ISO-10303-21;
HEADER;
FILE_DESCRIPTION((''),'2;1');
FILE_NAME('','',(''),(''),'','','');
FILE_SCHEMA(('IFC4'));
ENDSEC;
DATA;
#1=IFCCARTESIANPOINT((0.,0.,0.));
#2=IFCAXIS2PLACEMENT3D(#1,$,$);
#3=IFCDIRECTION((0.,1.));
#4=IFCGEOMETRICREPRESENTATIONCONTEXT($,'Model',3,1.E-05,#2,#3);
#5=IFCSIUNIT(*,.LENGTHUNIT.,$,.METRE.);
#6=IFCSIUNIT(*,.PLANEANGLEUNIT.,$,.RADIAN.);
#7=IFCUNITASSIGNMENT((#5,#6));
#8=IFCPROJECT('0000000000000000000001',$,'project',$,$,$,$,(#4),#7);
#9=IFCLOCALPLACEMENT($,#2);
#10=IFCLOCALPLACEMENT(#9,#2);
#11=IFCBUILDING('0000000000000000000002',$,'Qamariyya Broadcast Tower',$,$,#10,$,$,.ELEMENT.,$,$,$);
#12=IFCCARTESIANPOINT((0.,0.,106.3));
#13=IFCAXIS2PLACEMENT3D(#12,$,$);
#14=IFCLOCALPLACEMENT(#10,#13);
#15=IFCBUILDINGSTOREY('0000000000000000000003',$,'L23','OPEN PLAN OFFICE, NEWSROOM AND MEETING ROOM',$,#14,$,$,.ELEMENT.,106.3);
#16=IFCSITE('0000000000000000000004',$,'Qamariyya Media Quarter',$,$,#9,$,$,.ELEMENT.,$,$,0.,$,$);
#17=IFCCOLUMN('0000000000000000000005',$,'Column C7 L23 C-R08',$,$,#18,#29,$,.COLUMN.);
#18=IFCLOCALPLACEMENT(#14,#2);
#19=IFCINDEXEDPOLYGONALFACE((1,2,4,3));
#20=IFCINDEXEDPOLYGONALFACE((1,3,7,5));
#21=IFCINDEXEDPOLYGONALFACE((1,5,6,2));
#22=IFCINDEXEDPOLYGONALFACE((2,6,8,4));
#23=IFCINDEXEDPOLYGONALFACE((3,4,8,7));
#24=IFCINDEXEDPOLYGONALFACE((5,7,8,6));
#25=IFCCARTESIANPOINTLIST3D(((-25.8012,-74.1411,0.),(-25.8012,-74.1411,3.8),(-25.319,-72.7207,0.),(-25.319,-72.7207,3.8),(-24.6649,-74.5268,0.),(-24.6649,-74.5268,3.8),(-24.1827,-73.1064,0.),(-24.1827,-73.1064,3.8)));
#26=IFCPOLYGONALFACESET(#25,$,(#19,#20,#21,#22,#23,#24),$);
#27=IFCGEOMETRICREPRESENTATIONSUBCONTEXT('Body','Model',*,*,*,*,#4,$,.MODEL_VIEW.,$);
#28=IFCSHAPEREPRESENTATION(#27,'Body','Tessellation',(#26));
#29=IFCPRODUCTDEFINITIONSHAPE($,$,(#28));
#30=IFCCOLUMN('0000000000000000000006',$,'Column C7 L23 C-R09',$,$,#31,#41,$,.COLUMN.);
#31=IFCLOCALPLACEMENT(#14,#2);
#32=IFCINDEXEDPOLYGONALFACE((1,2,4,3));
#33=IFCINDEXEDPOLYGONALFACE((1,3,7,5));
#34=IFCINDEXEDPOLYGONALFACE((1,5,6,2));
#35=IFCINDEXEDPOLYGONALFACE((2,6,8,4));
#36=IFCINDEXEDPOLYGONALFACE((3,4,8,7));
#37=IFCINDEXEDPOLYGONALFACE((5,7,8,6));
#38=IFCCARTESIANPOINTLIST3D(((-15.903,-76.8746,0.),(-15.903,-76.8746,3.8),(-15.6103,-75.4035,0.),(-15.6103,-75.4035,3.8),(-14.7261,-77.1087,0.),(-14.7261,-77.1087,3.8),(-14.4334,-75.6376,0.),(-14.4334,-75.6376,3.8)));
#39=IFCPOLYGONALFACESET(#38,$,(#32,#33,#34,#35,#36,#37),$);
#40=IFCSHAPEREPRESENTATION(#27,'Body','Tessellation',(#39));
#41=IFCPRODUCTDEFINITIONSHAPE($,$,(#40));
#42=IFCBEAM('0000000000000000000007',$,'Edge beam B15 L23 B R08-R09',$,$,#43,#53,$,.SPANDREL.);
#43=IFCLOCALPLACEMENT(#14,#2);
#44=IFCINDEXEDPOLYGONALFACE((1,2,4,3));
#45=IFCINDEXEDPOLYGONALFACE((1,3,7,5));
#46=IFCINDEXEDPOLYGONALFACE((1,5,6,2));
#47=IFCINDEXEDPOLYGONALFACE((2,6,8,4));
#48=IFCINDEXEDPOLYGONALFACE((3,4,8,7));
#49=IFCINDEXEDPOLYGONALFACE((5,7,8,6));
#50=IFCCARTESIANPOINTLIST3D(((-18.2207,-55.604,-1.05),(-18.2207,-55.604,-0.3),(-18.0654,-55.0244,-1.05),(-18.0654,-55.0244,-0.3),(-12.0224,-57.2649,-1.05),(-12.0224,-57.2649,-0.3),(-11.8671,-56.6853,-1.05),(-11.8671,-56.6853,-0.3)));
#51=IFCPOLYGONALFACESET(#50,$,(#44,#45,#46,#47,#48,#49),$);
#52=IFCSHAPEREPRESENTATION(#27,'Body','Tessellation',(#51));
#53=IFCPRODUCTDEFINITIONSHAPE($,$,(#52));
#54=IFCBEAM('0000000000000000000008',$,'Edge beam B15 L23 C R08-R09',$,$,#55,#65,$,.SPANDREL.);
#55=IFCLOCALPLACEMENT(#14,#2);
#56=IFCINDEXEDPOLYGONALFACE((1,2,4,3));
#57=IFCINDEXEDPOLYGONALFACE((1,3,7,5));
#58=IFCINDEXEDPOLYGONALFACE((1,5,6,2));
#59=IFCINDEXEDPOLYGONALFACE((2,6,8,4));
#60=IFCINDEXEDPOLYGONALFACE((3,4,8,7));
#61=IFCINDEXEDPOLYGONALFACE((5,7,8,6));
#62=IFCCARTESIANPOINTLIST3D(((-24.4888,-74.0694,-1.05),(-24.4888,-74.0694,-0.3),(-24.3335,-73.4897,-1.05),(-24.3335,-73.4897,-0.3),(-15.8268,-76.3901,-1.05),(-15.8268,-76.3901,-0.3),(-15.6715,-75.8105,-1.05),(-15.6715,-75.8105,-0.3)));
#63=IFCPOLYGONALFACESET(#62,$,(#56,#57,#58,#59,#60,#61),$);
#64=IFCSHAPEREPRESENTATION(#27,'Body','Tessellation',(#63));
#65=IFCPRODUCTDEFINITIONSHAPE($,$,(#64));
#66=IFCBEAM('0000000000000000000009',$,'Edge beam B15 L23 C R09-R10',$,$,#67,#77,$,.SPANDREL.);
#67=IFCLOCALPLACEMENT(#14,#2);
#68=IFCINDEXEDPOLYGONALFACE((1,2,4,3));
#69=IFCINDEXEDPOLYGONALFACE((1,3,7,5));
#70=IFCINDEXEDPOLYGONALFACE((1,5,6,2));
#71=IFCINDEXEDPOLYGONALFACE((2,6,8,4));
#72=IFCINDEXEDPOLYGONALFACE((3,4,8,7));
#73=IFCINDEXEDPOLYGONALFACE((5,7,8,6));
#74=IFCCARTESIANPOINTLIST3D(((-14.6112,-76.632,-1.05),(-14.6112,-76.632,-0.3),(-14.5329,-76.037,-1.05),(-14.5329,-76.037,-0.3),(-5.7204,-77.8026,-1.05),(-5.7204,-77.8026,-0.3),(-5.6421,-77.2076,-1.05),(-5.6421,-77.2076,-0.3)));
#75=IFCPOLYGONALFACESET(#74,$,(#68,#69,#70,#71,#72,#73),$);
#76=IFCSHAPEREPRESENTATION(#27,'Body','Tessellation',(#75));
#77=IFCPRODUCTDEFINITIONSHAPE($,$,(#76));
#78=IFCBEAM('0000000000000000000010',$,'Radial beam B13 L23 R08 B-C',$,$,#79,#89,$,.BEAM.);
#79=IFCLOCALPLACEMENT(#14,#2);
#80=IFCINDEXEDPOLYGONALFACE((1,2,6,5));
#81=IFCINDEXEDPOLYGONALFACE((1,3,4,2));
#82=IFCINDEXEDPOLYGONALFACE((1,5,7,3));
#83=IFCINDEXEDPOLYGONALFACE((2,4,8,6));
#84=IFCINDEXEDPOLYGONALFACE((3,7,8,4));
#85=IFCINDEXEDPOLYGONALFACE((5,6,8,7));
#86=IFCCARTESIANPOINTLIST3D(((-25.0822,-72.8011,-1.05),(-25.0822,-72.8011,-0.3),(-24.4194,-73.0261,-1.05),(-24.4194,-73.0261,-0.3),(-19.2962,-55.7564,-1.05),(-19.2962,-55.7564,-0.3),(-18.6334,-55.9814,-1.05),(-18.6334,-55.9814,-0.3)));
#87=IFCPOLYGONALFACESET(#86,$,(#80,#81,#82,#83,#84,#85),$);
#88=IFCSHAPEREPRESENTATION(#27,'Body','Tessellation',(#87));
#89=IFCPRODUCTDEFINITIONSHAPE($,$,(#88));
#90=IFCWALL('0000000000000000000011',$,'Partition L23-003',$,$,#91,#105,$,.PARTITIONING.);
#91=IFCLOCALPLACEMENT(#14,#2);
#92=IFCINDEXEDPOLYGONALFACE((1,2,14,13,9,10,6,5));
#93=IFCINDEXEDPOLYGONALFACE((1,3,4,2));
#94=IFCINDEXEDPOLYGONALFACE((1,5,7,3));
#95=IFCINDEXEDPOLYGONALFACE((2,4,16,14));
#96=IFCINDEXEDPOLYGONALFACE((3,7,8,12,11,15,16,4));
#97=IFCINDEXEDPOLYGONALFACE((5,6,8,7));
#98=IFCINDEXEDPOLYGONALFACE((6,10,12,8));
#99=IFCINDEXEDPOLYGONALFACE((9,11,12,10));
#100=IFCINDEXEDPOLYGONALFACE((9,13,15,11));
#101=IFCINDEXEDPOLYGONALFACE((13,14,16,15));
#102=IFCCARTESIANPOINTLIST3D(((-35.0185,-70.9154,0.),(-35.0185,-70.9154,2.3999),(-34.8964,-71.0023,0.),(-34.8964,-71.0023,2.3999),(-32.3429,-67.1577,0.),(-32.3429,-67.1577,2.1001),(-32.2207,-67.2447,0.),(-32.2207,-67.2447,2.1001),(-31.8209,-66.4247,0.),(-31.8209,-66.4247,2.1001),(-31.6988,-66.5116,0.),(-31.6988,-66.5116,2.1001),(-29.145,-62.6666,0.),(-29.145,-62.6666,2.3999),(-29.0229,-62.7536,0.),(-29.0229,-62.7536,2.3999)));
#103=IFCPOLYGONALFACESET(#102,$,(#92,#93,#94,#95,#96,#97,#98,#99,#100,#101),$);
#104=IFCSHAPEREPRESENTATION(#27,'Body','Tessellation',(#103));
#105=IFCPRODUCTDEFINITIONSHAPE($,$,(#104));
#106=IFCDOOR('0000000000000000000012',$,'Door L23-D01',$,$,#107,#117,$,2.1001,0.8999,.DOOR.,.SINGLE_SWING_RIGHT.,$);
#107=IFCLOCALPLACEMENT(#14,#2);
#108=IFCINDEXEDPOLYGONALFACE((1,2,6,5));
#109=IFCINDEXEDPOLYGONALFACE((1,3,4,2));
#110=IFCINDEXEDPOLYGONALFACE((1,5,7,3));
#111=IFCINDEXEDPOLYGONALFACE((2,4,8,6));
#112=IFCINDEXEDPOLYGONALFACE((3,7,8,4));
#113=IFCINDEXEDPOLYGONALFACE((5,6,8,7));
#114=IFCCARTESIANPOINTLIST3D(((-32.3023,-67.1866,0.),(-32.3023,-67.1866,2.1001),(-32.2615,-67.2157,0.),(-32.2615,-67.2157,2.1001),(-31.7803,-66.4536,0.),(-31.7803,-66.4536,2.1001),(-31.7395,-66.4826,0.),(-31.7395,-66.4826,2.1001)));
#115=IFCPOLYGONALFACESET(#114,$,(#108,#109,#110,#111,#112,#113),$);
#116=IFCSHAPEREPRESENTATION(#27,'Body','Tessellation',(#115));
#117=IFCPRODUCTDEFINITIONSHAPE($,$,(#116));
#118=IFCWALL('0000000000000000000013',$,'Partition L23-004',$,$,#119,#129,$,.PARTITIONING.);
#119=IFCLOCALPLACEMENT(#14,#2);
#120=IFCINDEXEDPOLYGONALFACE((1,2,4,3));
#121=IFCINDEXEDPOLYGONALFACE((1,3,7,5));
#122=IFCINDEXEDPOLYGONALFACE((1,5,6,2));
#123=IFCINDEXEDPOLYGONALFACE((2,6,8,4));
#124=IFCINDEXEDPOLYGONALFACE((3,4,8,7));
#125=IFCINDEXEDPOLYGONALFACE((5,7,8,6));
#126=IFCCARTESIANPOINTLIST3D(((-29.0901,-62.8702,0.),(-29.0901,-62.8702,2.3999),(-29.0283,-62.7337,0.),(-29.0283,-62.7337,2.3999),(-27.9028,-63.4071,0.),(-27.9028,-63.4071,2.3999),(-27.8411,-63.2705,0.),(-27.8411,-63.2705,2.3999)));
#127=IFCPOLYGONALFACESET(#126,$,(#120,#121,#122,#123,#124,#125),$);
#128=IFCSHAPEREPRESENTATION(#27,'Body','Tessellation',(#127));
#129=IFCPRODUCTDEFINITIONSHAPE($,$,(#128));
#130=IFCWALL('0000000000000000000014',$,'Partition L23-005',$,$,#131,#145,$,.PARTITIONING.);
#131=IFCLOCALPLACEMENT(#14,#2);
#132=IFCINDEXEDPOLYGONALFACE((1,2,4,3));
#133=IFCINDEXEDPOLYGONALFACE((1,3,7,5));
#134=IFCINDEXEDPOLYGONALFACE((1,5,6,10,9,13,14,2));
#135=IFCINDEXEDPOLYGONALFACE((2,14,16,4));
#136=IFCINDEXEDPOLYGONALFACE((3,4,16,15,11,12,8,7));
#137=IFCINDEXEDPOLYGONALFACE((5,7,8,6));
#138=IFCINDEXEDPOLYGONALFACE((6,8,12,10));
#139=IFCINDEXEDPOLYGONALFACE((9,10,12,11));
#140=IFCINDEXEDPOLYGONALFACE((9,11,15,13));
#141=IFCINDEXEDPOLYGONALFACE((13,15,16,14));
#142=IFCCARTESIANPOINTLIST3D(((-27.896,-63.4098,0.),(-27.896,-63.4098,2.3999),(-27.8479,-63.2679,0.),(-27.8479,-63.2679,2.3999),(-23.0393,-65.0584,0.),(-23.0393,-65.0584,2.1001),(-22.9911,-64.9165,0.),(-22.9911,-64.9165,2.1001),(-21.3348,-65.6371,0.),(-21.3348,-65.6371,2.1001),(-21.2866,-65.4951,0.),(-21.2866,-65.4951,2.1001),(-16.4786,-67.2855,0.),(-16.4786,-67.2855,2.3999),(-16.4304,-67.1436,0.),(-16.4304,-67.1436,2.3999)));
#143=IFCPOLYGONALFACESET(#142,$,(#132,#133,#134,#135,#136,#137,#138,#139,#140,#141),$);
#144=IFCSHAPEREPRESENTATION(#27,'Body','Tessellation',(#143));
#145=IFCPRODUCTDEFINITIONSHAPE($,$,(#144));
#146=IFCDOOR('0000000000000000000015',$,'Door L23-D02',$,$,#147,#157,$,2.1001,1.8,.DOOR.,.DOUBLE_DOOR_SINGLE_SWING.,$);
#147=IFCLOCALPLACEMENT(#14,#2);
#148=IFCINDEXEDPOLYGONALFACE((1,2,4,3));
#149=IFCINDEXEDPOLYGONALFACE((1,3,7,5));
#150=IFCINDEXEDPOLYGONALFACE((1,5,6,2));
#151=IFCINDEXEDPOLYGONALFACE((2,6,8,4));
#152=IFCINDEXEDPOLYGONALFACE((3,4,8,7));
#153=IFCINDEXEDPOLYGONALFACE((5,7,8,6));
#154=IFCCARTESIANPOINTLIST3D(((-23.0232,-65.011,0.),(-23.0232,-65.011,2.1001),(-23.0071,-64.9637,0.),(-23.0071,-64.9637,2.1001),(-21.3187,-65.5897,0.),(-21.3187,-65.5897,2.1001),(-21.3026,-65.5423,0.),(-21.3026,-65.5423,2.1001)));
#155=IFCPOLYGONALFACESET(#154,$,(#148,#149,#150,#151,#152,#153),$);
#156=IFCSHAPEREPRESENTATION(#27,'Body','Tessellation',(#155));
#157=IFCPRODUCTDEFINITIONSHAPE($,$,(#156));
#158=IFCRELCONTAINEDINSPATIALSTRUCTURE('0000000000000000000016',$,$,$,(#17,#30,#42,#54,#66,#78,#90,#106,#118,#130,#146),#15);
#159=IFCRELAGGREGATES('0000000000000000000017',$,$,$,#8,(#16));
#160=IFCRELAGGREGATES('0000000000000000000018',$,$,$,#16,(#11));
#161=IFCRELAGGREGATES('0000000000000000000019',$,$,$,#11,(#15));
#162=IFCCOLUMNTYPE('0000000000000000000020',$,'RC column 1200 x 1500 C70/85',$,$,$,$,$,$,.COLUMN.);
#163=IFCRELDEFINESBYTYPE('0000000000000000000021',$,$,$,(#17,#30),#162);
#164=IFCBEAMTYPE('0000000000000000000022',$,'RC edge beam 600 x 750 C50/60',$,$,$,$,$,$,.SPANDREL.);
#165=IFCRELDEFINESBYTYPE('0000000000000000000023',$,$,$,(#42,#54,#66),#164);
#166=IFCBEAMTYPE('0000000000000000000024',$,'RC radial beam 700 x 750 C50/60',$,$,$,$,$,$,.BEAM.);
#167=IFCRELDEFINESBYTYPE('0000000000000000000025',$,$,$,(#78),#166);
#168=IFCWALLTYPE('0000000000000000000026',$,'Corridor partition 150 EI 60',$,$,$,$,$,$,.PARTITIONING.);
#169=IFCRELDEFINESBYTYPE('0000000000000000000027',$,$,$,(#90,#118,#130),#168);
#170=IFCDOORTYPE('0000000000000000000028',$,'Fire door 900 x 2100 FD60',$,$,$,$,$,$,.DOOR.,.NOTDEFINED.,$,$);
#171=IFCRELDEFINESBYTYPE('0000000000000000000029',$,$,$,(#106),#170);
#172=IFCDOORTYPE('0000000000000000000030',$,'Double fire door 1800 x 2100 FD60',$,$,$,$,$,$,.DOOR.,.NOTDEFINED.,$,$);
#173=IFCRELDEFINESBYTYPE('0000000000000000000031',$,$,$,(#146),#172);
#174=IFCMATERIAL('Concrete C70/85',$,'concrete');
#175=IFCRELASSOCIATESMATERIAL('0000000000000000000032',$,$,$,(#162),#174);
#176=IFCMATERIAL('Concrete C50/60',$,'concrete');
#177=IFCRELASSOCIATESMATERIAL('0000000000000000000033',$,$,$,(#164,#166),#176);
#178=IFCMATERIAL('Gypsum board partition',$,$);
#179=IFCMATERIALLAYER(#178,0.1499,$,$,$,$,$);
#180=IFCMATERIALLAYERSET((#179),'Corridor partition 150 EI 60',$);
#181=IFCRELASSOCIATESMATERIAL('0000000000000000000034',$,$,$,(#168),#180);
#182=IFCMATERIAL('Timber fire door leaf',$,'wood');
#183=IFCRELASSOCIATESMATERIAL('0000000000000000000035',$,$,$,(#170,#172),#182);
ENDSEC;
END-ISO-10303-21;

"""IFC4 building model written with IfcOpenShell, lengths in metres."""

from ifc_helpers import new_model, si_unit, direction, frame, frame_2d, origin, origin_2d, place, context, subcontext, project, spatial, rectangle, extrude, material, layer, layer_set, material_profile, profile_set, type_object, element, fill, save


model = new_model("IFC4")

# Units and contexts
model_context = context("Model", 3, precision=1e-05, world=origin(), true_north=direction((0.0, 1.0)))
body_context = subcontext(model_context, "Body", "Model", "MODEL_VIEW")
ifc_project = project(units=[si_unit("LENGTHUNIT", "METRE"), si_unit("PLANEANGLEUNIT", "RADIAN")], contexts=[model_context])

# Site, building, storey
site_placement = place(None, origin())
site = spatial("IfcSite", under=ifc_project, at=site_placement, Name="Qamariyya Media Quarter", CompositionType="ELEMENT", RefElevation=0.0)
building_placement = place(site_placement, origin())
building = spatial("IfcBuilding", under=site, at=building_placement, Name="Qamariyya Broadcast Tower", CompositionType="ELEMENT")
storey_placement = place(building_placement, frame((0.0, 0.0, 106.3)))
storey = spatial("IfcBuildingStorey", under=building, at=storey_placement, Name="L23", Description="OPEN PLAN OFFICE, NEWSROOM AND MEETING ROOM", CompositionType="ELEMENT", Elevation=106.3)

# Columns
ifc_material_1 = material(Name="Concrete C70/85", Category="concrete")
ifc_material_profile_1 = material_profile(ifc_material_1, rectangle(XDim=1.2, YDim=1.5, at=origin_2d()))
ifc_profile_set_1 = profile_set([ifc_material_profile_1], Name="Concrete C70/85")
column_type = type_object("IfcColumnType", Name="RC column 1200 x 1500 C70/85", PredefinedType="COLUMN", material=ifc_profile_set_1)
for number, where, z_axis, x_axis, name in (
    (1, (-24.9919, -73.6238, 0.0), (0.0, 0.0, 1.0), (0.94693, -0.321439, 0.0), "Column C7 L23 C-R08"),
    (2, (-15.1682, -76.2561, 0.0), (0.0, 0.0, 1.0), (0.980785, -0.19509, 0.0), "Column C7 L23 C-R09"),
):
    element("IfcColumn", number, at=place(storey_placement, frame(where, z_axis=z_axis, x_axis=x_axis)), inside=storey, type_object=column_type, Name=name, PredefinedType="COLUMN", context=body_context, shape_type="SweptSolid", body=[
        extrude(rectangle(XDim=1.2, YDim=1.5, at=origin_2d()), origin(), (0.0, 0.0, 1.0), 3.8),
    ])

# Beams
ifc_material_2 = material(Name="Concrete C50/60", Category="concrete")
ifc_material_profile_2 = material_profile(ifc_material_2, rectangle(XDim=0.6001, YDim=0.75, at=origin_2d()))
ifc_profile_set_2 = profile_set([ifc_material_profile_2], Name="Concrete C50/60")
beam_type_1 = type_object("IfcBeamType", Name="RC edge beam 600 x 750 C50/60", PredefinedType="SPANDREL", material=ifc_profile_set_2)
beam_1_placement = place(storey_placement, frame((-18.1431, -55.3142, -0.675), z_axis=(0.965923, -0.25883, 0.0), x_axis=(0.25883, 0.965923, 0.0)))
element("IfcBeam", 3, at=beam_1_placement, inside=storey, type_object=beam_type_1, Name="Edge beam B15 L23 B R08-R09", PredefinedType="SPANDREL", context=body_context, shape_type="SweptSolid", body=[
    extrude(rectangle(XDim=0.6001, YDim=0.75, at=origin_2d()), origin(), (0.0, 0.0, 1.0), 6.417),
])
for number, where, z_axis, x_axis, name in (
    (4, (-24.4111, -73.7795, -0.675), (0.965932, -0.258798, 0.0), (0.258798, 0.965932, 0.0), "Edge beam B15 L23 C R08-R09"),
    (5, (-14.572, -76.3345, -0.675), (0.991443, -0.130543, 0.0), (0.130543, 0.991443, 0.0), "Edge beam B15 L23 C R09-R10"),
):
    element("IfcBeam", number, at=place(storey_placement, frame(where, z_axis=z_axis, x_axis=x_axis)), inside=storey, type_object=beam_type_1, Name=name, PredefinedType="SPANDREL", context=body_context, shape_type="SweptSolid", body=[
        extrude(rectangle(XDim=0.6001, YDim=0.75, at=origin_2d()), origin(), (0.0, 0.0, 1.0), 8.9675),
    ])
ifc_material_profile_3 = material_profile(ifc_material_2, rectangle(XDim=0.7, YDim=0.75, at=origin_2d()))
ifc_profile_set_3 = profile_set([ifc_material_profile_3], Name="Concrete C50/60")
beam_type_2 = type_object("IfcBeamType", Name="RC radial beam 700 x 750 C50/60", PredefinedType="BEAM", material=ifc_profile_set_3)
beam_2_placement = place(storey_placement, frame((-18.9648, -55.8689, -0.675), z_axis=(-0.321439, -0.94693, 0.0), x_axis=(0.94693, -0.321439, 0.0)))
element("IfcBeam", 6, at=beam_2_placement, inside=storey, type_object=beam_type_2, Name="Radial beam B13 L23 R08 B-C", PredefinedType="BEAM", context=body_context, shape_type="SweptSolid", body=[
    extrude(rectangle(XDim=0.7, YDim=0.75, at=origin_2d()), origin(), (0.0, 0.0, 1.0), 18.0),
])

# Wall, opening, door
ifc_material_3 = material(Name="Gypsum board partition")
ifc_layer_1 = layer(ifc_material_3, 0.1499)
ifc_layer_set_1 = layer_set([ifc_layer_1], Name="Corridor partition 150 EI 60")
wall_type_1 = type_object("IfcWallType", Name="Corridor partition 150 EI 60", PredefinedType="PARTITIONING", material=ifc_layer_set_1)
wall_1_placement = place(storey_placement, frame((-29.084, -62.7102, 0.0), z_axis=(0.0, 0.0, 1.0), x_axis=(-0.580031, -0.814594, 0.0)))
wall_1 = element("IfcWall", 7, at=wall_1_placement, inside=storey, type_object=wall_type_1, Name="Partition L23-003", PredefinedType="PARTITIONING", context=body_context, shape_type="SweptSolid", body=[
    extrude(rectangle(XDim=10.1262, YDim=0.1499, at=frame_2d((5.063, 0.0))), origin(), (0.0, 0.0, 1.0), 2.3999),
])
opening_1_placement = place(wall_1_placement, frame((4.6133, 0.0, 0.0)))
opening_1 = element("IfcOpeningElement", 8, at=opening_1_placement, cuts=wall_1, PredefinedType="OPENING", context=body_context, shape_type="SweptSolid", body=[
    extrude(rectangle(XDim=0.8999, YDim=2.1001, at=frame_2d((0.45, 1.05))), frame((0.0, 0.085, 0.0), z_axis=(0.0, -1.0, 0.0), x_axis=(1.0, 0.0, 0.0)), (0.0, 0.0, 1.0), 0.1699),
])
ifc_material_4 = material(Name="Timber fire door leaf", Category="wood")
door_type_1 = type_object("IfcDoorType", Name="Fire door 900 x 2100 FD60", OperationType="NOTDEFINED", PredefinedType="DOOR", material=ifc_material_4)
door_1_placement = place(opening_1_placement, origin())
door_1 = element("IfcDoor", 9, at=door_1_placement, inside=storey, type_object=door_type_1, Name="Door L23-D01", OperationType="SINGLE_SWING_RIGHT", OverallHeight=2.1001, OverallWidth=0.8999, PredefinedType="DOOR", context=body_context, shape_type="SweptSolid", body=[
    extrude(rectangle(XDim=0.8999, YDim=2.1001, at=frame_2d((0.45, 1.05))), frame((0.0, 0.0249, 0.0), z_axis=(0.0, -1.0, 0.0), x_axis=(1.0, 0.0, 0.0)), (0.0, 0.0, 1.0), 0.05),
])
fill(opening_1, door_1)

# Wall
wall_2_placement = place(storey_placement, frame((-29.0591, -62.802, 0.0), z_axis=(0.0, 0.0, 1.0), x_axis=(0.911173, -0.412023, 0.0)))
element("IfcWall", 10, at=wall_2_placement, inside=storey, type_object=wall_type_1, Name="Partition L23-004", PredefinedType="PARTITIONING", context=body_context, shape_type="SweptSolid", body=[
    extrude(rectangle(XDim=1.303, YDim=0.1499, at=frame_2d((0.6514, 0.0))), origin(), (0.0, 0.0, 1.0), 2.3999),
])

# Wall, opening, door
wall_3_placement = place(storey_placement, frame((-16.4543, -67.2146, 0.0), z_axis=(0.0, 0.0, 1.0), x_axis=(-0.94693, 0.321441, 0.0)))
wall_3 = element("IfcWall", 11, at=wall_3_placement, inside=storey, type_object=wall_type_1, Name="Partition L23-005", PredefinedType="PARTITIONING", context=body_context, shape_type="SweptSolid", body=[
    extrude(rectangle(XDim=12.0574, YDim=0.1499, at=frame_2d((6.0288, 0.0))), origin(), (0.0, 0.0, 1.0), 2.3999),
])
opening_2_placement = place(wall_3_placement, frame((5.1287, 0.0, 0.0)))
opening_2 = element("IfcOpeningElement", 12, at=opening_2_placement, cuts=wall_3, PredefinedType="OPENING", context=body_context, shape_type="SweptSolid", body=[
    extrude(rectangle(XDim=1.8, YDim=2.1001, at=frame_2d((0.8999, 1.05))), frame((0.0, 0.085, 0.0), z_axis=(0.0, -1.0, 0.0), x_axis=(1.0, 0.0, 0.0)), (0.0, 0.0, 1.0), 0.1699),
])
door_type_2 = type_object("IfcDoorType", Name="Double fire door 1800 x 2100 FD60", OperationType="NOTDEFINED", PredefinedType="DOOR", material=ifc_material_4)
door_2_placement = place(opening_2_placement, origin())
door_2 = element("IfcDoor", 13, at=door_2_placement, inside=storey, type_object=door_type_2, Name="Door L23-D02", OperationType="DOUBLE_DOOR_SINGLE_SWING", OverallHeight=2.1001, OverallWidth=1.8, PredefinedType="DOOR", context=body_context, shape_type="SweptSolid", body=[
    extrude(rectangle(XDim=1.8, YDim=2.1001, at=frame_2d((0.8999, 1.05))), frame((0.0, 0.0249, 0.0), z_axis=(0.0, -1.0, 0.0), x_axis=(1.0, 0.0, 0.0)), (0.0, 0.0, 1.0), 0.05),
])
fill(opening_2, door_2)

save(model, "model.ifc")
